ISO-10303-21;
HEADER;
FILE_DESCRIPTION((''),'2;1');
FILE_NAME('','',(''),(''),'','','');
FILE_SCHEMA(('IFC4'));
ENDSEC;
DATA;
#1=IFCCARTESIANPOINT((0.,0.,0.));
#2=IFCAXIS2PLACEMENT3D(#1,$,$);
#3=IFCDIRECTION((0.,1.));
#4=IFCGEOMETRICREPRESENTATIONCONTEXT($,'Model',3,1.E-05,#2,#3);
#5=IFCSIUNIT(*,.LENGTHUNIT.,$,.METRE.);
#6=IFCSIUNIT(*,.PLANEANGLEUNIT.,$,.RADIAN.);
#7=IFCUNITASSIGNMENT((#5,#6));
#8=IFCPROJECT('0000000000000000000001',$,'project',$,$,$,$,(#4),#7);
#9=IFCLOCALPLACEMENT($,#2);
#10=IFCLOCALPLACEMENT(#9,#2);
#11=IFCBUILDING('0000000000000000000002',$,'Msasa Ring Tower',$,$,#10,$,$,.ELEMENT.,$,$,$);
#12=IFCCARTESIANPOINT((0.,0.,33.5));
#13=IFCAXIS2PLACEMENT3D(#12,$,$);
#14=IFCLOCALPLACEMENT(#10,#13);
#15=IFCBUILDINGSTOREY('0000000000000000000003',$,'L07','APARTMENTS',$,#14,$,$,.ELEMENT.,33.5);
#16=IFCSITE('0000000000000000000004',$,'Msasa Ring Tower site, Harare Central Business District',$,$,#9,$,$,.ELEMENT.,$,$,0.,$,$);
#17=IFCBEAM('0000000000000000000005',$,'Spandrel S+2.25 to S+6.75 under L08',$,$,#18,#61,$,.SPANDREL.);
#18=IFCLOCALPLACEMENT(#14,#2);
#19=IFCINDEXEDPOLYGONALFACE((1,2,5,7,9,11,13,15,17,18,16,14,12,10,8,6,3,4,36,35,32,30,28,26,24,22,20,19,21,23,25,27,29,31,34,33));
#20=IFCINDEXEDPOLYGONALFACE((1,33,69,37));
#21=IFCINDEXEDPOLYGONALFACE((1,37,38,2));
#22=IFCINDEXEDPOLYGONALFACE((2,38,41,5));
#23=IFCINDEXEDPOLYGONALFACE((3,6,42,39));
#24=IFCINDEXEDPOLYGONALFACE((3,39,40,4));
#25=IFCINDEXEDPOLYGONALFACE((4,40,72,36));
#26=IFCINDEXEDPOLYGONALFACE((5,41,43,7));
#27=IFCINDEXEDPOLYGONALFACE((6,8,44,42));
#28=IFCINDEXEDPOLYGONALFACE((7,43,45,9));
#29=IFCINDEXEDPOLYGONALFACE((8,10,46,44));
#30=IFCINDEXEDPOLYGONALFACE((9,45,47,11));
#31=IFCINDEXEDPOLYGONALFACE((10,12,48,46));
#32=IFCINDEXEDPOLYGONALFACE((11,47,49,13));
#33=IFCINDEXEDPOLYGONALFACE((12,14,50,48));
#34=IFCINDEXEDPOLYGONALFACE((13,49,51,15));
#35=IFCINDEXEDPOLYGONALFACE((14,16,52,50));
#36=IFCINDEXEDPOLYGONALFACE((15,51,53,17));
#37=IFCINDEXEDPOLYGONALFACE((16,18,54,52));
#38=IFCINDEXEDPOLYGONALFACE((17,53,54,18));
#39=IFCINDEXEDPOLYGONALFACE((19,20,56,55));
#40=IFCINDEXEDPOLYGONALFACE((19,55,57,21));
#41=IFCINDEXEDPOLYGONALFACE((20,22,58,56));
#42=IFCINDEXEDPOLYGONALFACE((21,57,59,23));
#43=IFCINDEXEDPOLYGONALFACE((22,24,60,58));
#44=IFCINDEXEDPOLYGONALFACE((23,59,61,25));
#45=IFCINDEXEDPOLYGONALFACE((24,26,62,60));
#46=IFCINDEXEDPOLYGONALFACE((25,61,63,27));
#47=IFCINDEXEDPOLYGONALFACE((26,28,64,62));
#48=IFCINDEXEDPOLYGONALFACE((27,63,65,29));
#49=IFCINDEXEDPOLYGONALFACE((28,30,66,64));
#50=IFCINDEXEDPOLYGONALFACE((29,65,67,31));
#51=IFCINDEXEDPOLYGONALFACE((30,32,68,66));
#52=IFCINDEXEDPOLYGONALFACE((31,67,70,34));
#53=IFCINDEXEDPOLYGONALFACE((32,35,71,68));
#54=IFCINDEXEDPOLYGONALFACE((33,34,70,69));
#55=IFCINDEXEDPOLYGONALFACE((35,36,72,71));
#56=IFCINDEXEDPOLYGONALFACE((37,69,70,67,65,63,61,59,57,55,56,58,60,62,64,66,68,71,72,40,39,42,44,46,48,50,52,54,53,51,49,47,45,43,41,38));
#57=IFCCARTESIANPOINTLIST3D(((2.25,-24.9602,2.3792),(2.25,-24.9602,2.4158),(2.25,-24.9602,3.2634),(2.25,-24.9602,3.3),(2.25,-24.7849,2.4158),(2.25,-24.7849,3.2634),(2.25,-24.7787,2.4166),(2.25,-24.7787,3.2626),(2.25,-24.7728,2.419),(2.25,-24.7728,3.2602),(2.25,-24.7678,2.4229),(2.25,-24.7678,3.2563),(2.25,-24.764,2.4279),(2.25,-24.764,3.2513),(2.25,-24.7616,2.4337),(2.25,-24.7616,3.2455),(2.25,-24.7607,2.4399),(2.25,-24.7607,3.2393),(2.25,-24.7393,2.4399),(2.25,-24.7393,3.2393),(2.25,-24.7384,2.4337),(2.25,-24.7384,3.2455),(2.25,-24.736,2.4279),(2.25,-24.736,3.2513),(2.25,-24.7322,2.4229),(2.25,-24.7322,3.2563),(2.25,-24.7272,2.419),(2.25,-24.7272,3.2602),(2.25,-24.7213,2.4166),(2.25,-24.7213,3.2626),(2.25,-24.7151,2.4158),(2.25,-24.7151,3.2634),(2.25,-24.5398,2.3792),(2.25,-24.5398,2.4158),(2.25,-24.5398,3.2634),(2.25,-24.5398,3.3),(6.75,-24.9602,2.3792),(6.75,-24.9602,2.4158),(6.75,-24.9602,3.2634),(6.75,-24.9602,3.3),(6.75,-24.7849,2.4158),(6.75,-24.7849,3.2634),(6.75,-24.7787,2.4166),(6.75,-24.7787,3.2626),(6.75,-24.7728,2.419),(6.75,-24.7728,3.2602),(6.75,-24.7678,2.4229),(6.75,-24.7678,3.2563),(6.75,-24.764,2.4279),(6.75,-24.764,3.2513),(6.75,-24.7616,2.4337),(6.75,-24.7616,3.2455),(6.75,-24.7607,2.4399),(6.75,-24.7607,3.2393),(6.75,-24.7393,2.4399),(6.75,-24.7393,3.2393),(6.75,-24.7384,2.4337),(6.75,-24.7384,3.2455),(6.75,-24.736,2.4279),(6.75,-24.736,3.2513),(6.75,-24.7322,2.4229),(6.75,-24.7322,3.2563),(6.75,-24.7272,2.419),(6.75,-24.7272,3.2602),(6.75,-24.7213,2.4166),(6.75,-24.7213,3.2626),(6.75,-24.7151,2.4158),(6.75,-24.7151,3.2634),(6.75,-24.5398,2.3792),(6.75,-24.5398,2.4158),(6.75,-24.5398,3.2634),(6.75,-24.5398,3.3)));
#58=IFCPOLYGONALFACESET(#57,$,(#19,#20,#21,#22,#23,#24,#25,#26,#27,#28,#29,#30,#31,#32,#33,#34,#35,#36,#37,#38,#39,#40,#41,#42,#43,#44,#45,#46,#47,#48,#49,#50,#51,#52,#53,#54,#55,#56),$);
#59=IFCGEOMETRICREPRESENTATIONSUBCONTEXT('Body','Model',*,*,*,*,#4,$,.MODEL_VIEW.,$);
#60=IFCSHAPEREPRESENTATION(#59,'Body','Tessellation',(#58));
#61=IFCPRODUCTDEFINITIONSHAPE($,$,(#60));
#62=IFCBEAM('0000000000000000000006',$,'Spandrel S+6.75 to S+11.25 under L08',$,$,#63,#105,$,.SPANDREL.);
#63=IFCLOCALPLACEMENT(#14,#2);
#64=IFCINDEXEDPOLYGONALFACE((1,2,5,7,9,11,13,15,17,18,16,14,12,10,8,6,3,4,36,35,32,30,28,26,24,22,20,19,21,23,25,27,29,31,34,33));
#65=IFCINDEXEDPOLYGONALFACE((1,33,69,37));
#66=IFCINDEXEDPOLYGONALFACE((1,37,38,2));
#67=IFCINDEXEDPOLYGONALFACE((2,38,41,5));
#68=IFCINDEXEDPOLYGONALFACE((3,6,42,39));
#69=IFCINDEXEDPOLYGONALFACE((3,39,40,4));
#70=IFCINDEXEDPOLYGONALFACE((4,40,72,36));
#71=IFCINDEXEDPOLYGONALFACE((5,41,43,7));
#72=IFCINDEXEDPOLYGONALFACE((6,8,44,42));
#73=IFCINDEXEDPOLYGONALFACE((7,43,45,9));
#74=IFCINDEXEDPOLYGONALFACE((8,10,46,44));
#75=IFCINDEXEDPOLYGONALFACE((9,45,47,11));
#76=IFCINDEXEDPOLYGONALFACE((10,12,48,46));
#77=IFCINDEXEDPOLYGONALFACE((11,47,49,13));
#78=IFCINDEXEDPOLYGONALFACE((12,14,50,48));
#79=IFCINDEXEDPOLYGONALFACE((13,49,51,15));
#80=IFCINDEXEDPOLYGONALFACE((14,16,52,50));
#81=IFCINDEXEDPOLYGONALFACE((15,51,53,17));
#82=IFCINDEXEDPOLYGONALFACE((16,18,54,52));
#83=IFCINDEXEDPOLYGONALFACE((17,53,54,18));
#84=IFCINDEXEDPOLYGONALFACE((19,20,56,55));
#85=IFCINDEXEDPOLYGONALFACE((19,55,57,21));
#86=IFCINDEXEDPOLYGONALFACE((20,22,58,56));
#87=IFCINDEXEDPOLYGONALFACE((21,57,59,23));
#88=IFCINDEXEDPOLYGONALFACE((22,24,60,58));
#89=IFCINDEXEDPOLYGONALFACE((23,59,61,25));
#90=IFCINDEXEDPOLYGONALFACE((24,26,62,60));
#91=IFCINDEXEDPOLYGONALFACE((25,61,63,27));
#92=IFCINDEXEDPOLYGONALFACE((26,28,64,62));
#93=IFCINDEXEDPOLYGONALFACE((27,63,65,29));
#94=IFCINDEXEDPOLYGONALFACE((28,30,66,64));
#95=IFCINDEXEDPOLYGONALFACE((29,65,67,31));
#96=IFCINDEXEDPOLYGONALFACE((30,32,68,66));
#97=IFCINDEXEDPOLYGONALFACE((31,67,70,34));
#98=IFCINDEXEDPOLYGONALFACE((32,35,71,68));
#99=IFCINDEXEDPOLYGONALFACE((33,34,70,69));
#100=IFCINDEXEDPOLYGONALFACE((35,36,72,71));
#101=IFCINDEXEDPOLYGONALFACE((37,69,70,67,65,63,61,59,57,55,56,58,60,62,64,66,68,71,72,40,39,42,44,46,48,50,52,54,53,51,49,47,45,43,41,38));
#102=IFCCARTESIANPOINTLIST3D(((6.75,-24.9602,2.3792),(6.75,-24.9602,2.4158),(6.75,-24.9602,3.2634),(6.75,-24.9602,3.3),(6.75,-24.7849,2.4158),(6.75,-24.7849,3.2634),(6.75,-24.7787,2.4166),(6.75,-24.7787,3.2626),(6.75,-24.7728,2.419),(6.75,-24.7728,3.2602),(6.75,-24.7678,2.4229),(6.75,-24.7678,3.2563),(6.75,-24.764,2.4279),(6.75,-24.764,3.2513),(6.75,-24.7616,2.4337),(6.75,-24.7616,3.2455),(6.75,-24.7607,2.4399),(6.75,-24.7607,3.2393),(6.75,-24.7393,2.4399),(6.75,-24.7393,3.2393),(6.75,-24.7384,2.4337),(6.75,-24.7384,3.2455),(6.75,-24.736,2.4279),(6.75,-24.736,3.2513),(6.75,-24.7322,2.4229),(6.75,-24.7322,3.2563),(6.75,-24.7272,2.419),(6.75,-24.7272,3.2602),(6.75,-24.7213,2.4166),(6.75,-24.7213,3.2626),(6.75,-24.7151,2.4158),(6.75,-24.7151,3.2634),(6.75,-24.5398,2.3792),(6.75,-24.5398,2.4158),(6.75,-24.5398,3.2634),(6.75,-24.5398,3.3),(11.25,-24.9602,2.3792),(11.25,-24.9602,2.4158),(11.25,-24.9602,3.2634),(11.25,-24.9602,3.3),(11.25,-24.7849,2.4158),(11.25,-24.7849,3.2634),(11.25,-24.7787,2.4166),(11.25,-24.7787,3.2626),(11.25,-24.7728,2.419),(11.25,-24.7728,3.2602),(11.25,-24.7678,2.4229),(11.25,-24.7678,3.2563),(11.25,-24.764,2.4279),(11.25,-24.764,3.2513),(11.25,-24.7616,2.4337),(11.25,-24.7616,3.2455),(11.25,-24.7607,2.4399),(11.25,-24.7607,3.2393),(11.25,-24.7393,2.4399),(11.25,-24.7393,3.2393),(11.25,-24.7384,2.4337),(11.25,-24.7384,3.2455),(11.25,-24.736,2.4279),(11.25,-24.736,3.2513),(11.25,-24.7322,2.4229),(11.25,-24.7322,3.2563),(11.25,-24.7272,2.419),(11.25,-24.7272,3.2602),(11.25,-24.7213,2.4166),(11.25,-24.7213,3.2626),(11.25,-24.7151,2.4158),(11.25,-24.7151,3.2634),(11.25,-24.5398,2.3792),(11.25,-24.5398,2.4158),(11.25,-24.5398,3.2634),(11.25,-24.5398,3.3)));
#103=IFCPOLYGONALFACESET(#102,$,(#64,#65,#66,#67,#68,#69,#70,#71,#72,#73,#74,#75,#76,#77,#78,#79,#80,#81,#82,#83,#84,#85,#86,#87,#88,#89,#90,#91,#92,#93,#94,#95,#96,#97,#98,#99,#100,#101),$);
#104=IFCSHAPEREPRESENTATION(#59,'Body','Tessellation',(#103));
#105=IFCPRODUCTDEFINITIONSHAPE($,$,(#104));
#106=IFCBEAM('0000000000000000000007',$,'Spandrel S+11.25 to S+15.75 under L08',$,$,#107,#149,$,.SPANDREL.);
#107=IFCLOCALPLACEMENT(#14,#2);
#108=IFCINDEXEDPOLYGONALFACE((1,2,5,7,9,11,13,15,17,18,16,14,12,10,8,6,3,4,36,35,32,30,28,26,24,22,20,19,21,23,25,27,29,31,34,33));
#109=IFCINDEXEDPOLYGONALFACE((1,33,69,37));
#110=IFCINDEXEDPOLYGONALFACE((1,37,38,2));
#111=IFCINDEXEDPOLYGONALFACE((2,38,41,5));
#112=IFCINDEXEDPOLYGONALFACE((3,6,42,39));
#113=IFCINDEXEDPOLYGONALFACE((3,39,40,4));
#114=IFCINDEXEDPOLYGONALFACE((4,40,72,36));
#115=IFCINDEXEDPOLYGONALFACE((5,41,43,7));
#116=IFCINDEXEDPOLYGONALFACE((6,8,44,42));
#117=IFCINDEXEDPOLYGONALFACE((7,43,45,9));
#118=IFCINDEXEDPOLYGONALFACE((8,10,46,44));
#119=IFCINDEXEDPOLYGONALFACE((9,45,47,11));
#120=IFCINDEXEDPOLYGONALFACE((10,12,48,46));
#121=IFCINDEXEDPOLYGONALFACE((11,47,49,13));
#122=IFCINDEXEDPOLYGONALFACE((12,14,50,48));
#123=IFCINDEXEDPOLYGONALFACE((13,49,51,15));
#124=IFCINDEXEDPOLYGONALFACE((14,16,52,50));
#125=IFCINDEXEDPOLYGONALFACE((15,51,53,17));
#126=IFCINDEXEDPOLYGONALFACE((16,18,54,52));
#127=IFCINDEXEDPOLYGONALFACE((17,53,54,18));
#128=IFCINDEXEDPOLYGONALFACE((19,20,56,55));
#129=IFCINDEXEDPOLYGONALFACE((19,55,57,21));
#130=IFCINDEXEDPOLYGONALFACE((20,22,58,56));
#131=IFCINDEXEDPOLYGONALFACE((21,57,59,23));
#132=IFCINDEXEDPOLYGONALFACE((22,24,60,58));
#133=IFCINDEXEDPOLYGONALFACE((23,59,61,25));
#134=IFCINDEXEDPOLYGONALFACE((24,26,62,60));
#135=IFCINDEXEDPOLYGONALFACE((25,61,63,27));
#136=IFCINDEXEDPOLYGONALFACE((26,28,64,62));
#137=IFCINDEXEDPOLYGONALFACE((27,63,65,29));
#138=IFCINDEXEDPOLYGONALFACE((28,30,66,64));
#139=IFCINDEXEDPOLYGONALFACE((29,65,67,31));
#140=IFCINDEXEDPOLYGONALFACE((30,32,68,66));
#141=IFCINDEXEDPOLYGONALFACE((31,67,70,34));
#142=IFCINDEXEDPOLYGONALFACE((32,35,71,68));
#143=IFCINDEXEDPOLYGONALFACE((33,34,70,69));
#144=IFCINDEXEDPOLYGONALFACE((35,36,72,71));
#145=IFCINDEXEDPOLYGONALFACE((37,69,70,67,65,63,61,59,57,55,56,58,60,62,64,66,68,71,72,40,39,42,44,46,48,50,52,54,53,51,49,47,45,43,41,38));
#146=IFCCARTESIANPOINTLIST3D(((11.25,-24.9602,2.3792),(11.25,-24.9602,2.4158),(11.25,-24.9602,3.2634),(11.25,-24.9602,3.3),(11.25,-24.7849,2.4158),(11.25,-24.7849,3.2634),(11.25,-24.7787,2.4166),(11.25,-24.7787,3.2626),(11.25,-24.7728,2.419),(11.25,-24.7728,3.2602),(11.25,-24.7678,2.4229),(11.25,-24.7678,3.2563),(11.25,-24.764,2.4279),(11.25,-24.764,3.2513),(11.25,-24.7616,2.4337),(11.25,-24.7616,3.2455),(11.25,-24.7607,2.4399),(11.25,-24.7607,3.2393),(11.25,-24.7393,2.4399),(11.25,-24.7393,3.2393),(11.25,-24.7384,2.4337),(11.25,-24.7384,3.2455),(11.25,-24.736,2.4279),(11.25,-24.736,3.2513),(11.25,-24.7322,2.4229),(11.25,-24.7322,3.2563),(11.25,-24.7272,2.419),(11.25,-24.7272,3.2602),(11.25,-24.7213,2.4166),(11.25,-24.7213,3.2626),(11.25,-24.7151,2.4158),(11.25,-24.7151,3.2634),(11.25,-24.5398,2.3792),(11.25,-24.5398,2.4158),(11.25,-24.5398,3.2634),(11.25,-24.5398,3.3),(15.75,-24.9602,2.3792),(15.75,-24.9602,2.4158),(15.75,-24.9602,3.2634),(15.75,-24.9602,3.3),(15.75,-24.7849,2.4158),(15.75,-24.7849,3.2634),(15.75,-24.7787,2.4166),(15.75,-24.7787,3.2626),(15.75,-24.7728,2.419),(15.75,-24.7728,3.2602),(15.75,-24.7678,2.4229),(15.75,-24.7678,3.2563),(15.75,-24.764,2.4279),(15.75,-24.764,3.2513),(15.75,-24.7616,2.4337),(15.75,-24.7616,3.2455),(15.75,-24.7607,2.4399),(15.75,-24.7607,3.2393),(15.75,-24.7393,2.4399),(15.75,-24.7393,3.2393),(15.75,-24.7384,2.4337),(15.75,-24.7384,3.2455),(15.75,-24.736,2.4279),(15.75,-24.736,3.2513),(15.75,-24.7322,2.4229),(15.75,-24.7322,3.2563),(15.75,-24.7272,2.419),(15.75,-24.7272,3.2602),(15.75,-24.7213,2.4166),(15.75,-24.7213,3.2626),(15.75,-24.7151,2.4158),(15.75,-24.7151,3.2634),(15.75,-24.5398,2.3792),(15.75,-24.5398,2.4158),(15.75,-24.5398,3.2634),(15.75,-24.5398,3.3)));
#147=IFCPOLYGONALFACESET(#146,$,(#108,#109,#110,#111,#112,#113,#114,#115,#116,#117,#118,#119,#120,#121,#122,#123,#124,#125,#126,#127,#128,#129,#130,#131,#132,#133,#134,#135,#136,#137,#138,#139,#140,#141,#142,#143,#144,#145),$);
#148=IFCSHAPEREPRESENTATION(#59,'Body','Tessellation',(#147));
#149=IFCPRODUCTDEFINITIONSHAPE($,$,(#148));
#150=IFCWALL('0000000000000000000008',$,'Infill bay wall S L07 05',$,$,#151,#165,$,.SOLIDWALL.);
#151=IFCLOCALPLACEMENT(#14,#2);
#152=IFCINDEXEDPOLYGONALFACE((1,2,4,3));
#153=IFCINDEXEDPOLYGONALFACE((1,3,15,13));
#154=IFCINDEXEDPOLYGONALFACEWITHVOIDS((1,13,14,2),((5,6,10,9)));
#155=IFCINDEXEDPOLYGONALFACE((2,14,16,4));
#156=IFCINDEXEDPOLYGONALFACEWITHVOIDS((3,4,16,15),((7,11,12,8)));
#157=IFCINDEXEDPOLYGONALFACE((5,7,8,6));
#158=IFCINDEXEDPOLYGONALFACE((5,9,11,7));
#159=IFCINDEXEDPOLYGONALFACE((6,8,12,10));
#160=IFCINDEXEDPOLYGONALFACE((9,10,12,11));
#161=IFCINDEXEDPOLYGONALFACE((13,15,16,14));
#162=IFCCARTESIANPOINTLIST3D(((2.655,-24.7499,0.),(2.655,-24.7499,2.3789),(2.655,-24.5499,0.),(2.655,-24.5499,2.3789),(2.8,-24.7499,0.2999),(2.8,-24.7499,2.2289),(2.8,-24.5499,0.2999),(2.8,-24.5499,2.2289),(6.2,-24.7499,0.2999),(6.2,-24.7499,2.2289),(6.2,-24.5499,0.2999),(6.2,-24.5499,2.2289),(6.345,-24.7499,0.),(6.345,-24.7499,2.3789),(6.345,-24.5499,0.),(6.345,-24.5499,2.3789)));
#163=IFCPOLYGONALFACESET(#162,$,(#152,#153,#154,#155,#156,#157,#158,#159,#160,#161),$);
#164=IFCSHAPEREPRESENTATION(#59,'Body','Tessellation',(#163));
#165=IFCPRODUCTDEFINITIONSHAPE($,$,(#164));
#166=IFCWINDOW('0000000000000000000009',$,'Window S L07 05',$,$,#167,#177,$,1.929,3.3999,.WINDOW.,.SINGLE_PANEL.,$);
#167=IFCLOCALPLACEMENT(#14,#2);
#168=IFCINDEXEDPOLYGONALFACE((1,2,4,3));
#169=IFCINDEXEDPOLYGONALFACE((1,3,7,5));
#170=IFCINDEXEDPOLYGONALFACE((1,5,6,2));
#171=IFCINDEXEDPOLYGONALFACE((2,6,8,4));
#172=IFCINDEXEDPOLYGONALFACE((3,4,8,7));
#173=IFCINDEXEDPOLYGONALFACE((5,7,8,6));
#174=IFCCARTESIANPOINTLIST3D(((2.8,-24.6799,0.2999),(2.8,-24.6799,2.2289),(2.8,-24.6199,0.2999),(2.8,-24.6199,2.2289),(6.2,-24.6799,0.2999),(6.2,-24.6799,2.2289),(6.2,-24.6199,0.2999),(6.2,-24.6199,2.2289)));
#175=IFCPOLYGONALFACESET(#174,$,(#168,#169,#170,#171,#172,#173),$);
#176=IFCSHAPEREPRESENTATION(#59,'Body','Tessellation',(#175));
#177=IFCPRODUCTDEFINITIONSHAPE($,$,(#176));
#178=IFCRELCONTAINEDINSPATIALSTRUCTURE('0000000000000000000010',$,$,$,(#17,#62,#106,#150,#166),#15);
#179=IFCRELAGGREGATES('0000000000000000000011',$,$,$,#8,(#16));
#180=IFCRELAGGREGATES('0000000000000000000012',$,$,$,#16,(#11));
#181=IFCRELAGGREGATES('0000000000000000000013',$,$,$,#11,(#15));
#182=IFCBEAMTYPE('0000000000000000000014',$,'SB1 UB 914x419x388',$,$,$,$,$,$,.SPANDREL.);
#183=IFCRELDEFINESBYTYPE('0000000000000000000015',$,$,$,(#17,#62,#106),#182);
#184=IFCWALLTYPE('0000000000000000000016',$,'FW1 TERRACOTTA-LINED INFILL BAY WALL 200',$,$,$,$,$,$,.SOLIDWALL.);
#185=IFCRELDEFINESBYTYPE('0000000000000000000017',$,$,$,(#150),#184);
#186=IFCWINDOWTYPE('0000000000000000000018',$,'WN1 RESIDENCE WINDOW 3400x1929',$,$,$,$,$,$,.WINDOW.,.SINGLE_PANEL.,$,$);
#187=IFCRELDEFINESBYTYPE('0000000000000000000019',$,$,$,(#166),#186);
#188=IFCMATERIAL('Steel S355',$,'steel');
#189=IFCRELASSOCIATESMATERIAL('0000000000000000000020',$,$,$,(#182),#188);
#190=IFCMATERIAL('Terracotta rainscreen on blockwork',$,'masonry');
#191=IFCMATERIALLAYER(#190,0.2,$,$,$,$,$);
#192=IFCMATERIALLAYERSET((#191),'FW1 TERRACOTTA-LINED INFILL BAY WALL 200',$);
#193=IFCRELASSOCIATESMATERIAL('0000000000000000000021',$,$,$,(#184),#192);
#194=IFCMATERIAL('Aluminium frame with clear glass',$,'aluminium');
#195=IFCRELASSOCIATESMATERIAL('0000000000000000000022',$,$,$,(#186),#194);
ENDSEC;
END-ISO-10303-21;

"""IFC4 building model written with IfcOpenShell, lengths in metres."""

from ifc_helpers import new_model, si_unit, direction, frame, frame_2d, origin, origin_2d, place, context, subcontext, project, spatial, rectangle, i_section, extrude, material, layer, layer_set, material_profile, profile_set, type_object, element, fill, save


model = new_model("IFC4")

# Units and contexts
model_context = context("Model", 3, precision=1e-05, world=origin(), true_north=direction((0.0, 1.0)))
body_context = subcontext(model_context, "Body", "Model", "MODEL_VIEW")
ifc_project = project(units=[si_unit("LENGTHUNIT", "METRE"), si_unit("PLANEANGLEUNIT", "RADIAN")], contexts=[model_context])

# Site, building, storey
site_placement = place(None, origin())
site = spatial("IfcSite", under=ifc_project, at=site_placement, Name="Msasa Ring Tower site, Harare Central Business District", CompositionType="ELEMENT", RefElevation=0.0)
building_placement = place(site_placement, origin())
building = spatial("IfcBuilding", under=site, at=building_placement, Name="Msasa Ring Tower", CompositionType="ELEMENT")
storey_placement = place(building_placement, frame((0.0, 0.0, 33.5)))
storey = spatial("IfcBuildingStorey", under=building, at=storey_placement, Name="L07", Description="APARTMENTS", CompositionType="ELEMENT", Elevation=33.5)

# Beams
ifc_material_1 = material(Name="Steel S355", Category="steel")
ifc_material_profile_1 = material_profile(ifc_material_1, i_section(OverallWidth=0.4204, OverallDepth=0.9209, WebThickness=0.0215, FlangeThickness=0.0366, FilletRadius=0.0242, at=origin_2d()), Name="UB 914x419x388")
ifc_profile_set_1 = profile_set([ifc_material_profile_1], Name="Steel S355")
beam_type_1 = type_object("IfcBeamType", Name="SB1 UB 914x419x388", PredefinedType="SPANDREL", material=ifc_profile_set_1)
for number, where, z_axis, x_axis, name in (
    (1, (2.25, -24.75, 2.8396), (1.0, 0.0, 0.0), (0.0, 1.0, 0.0), "Spandrel S+2.25 to S+6.75 under L08"),
    (2, (6.75, -24.75, 2.8396), (1.0, 0.0, 0.0), (0.0, 1.0, 0.0), "Spandrel S+6.75 to S+11.25 under L08"),
    (3, (11.25, -24.75, 2.8396), (1.0, 0.0, 0.0), (0.0, 1.0, 0.0), "Spandrel S+11.25 to S+15.75 under L08"),
):
    element("IfcBeam", number, at=place(storey_placement, frame(where, z_axis=z_axis, x_axis=x_axis)), inside=storey, type_object=beam_type_1, Name=name, PredefinedType="SPANDREL", context=body_context, shape_type="SweptSolid", body=[
        extrude(i_section(OverallWidth=0.4204, OverallDepth=0.9209, WebThickness=0.0215, FlangeThickness=0.0366, FilletRadius=0.0242, at=origin_2d()), origin(), (0.0, 0.0, 1.0), 4.5),
    ])

# Wall, opening, window
ifc_material_2 = material(Name="Terracotta rainscreen on blockwork", Category="masonry")
ifc_layer_1 = layer(ifc_material_2, 0.2)
ifc_layer_set_1 = layer_set([ifc_layer_1], Name="FW1 TERRACOTTA-LINED INFILL BAY WALL 200")
wall_type_1 = type_object("IfcWallType", Name="FW1 TERRACOTTA-LINED INFILL BAY WALL 200", PredefinedType="SOLIDWALL", material=ifc_layer_set_1)
wall_1_placement = place(storey_placement, frame((2.655, -24.6499, 0.0), z_axis=(0.0, 0.0, 1.0), x_axis=(1.0, 0.0, 0.0)))
wall_1 = element("IfcWall", 4, at=wall_1_placement, inside=storey, type_object=wall_type_1, Name="Infill bay wall S L07 05", PredefinedType="SOLIDWALL", context=body_context, shape_type="SweptSolid", body=[
    extrude(rectangle(XDim=3.6899, YDim=0.2, at=frame_2d((1.845, 0.0))), origin(), (0.0, 0.0, 1.0), 2.3789),
])
opening_1_placement = place(wall_1_placement, frame((0.145, 0.0, 0.3)))
opening_1 = element("IfcOpeningElement", 5, at=opening_1_placement, cuts=wall_1, PredefinedType="OPENING", context=body_context, shape_type="SweptSolid", body=[
    extrude(rectangle(XDim=3.3999, YDim=1.929, at=frame_2d((1.7, 0.9644))), frame((0.0, 0.1099, 0.0), z_axis=(0.0, -1.0, 0.0), x_axis=(1.0, 0.0, 0.0)), (0.0, 0.0, 1.0), 0.22),
])
ifc_material_3 = material(Name="Aluminium frame with clear glass", Category="aluminium")
window_type = type_object("IfcWindowType", Name="WN1 RESIDENCE WINDOW 3400x1929", PartitioningType="SINGLE_PANEL", PredefinedType="WINDOW", material=ifc_material_3)
window_1_placement = place(opening_1_placement, origin())
window_1 = element("IfcWindow", 6, at=window_1_placement, inside=storey, type_object=window_type, Name="Window S L07 05", OverallHeight=1.929, OverallWidth=3.3999, PartitioningType="SINGLE_PANEL", PredefinedType="WINDOW", context=body_context, shape_type="SweptSolid", body=[
    extrude(rectangle(XDim=3.3999, YDim=1.929, at=frame_2d((1.7, 0.9644))), frame((0.0, 0.03, 0.0), z_axis=(0.0, -1.0, 0.0), x_axis=(1.0, 0.0, 0.0)), (0.0, 0.0, 1.0), 0.0601),
])
fill(opening_1, window_1)

save(model, "model.ifc")
